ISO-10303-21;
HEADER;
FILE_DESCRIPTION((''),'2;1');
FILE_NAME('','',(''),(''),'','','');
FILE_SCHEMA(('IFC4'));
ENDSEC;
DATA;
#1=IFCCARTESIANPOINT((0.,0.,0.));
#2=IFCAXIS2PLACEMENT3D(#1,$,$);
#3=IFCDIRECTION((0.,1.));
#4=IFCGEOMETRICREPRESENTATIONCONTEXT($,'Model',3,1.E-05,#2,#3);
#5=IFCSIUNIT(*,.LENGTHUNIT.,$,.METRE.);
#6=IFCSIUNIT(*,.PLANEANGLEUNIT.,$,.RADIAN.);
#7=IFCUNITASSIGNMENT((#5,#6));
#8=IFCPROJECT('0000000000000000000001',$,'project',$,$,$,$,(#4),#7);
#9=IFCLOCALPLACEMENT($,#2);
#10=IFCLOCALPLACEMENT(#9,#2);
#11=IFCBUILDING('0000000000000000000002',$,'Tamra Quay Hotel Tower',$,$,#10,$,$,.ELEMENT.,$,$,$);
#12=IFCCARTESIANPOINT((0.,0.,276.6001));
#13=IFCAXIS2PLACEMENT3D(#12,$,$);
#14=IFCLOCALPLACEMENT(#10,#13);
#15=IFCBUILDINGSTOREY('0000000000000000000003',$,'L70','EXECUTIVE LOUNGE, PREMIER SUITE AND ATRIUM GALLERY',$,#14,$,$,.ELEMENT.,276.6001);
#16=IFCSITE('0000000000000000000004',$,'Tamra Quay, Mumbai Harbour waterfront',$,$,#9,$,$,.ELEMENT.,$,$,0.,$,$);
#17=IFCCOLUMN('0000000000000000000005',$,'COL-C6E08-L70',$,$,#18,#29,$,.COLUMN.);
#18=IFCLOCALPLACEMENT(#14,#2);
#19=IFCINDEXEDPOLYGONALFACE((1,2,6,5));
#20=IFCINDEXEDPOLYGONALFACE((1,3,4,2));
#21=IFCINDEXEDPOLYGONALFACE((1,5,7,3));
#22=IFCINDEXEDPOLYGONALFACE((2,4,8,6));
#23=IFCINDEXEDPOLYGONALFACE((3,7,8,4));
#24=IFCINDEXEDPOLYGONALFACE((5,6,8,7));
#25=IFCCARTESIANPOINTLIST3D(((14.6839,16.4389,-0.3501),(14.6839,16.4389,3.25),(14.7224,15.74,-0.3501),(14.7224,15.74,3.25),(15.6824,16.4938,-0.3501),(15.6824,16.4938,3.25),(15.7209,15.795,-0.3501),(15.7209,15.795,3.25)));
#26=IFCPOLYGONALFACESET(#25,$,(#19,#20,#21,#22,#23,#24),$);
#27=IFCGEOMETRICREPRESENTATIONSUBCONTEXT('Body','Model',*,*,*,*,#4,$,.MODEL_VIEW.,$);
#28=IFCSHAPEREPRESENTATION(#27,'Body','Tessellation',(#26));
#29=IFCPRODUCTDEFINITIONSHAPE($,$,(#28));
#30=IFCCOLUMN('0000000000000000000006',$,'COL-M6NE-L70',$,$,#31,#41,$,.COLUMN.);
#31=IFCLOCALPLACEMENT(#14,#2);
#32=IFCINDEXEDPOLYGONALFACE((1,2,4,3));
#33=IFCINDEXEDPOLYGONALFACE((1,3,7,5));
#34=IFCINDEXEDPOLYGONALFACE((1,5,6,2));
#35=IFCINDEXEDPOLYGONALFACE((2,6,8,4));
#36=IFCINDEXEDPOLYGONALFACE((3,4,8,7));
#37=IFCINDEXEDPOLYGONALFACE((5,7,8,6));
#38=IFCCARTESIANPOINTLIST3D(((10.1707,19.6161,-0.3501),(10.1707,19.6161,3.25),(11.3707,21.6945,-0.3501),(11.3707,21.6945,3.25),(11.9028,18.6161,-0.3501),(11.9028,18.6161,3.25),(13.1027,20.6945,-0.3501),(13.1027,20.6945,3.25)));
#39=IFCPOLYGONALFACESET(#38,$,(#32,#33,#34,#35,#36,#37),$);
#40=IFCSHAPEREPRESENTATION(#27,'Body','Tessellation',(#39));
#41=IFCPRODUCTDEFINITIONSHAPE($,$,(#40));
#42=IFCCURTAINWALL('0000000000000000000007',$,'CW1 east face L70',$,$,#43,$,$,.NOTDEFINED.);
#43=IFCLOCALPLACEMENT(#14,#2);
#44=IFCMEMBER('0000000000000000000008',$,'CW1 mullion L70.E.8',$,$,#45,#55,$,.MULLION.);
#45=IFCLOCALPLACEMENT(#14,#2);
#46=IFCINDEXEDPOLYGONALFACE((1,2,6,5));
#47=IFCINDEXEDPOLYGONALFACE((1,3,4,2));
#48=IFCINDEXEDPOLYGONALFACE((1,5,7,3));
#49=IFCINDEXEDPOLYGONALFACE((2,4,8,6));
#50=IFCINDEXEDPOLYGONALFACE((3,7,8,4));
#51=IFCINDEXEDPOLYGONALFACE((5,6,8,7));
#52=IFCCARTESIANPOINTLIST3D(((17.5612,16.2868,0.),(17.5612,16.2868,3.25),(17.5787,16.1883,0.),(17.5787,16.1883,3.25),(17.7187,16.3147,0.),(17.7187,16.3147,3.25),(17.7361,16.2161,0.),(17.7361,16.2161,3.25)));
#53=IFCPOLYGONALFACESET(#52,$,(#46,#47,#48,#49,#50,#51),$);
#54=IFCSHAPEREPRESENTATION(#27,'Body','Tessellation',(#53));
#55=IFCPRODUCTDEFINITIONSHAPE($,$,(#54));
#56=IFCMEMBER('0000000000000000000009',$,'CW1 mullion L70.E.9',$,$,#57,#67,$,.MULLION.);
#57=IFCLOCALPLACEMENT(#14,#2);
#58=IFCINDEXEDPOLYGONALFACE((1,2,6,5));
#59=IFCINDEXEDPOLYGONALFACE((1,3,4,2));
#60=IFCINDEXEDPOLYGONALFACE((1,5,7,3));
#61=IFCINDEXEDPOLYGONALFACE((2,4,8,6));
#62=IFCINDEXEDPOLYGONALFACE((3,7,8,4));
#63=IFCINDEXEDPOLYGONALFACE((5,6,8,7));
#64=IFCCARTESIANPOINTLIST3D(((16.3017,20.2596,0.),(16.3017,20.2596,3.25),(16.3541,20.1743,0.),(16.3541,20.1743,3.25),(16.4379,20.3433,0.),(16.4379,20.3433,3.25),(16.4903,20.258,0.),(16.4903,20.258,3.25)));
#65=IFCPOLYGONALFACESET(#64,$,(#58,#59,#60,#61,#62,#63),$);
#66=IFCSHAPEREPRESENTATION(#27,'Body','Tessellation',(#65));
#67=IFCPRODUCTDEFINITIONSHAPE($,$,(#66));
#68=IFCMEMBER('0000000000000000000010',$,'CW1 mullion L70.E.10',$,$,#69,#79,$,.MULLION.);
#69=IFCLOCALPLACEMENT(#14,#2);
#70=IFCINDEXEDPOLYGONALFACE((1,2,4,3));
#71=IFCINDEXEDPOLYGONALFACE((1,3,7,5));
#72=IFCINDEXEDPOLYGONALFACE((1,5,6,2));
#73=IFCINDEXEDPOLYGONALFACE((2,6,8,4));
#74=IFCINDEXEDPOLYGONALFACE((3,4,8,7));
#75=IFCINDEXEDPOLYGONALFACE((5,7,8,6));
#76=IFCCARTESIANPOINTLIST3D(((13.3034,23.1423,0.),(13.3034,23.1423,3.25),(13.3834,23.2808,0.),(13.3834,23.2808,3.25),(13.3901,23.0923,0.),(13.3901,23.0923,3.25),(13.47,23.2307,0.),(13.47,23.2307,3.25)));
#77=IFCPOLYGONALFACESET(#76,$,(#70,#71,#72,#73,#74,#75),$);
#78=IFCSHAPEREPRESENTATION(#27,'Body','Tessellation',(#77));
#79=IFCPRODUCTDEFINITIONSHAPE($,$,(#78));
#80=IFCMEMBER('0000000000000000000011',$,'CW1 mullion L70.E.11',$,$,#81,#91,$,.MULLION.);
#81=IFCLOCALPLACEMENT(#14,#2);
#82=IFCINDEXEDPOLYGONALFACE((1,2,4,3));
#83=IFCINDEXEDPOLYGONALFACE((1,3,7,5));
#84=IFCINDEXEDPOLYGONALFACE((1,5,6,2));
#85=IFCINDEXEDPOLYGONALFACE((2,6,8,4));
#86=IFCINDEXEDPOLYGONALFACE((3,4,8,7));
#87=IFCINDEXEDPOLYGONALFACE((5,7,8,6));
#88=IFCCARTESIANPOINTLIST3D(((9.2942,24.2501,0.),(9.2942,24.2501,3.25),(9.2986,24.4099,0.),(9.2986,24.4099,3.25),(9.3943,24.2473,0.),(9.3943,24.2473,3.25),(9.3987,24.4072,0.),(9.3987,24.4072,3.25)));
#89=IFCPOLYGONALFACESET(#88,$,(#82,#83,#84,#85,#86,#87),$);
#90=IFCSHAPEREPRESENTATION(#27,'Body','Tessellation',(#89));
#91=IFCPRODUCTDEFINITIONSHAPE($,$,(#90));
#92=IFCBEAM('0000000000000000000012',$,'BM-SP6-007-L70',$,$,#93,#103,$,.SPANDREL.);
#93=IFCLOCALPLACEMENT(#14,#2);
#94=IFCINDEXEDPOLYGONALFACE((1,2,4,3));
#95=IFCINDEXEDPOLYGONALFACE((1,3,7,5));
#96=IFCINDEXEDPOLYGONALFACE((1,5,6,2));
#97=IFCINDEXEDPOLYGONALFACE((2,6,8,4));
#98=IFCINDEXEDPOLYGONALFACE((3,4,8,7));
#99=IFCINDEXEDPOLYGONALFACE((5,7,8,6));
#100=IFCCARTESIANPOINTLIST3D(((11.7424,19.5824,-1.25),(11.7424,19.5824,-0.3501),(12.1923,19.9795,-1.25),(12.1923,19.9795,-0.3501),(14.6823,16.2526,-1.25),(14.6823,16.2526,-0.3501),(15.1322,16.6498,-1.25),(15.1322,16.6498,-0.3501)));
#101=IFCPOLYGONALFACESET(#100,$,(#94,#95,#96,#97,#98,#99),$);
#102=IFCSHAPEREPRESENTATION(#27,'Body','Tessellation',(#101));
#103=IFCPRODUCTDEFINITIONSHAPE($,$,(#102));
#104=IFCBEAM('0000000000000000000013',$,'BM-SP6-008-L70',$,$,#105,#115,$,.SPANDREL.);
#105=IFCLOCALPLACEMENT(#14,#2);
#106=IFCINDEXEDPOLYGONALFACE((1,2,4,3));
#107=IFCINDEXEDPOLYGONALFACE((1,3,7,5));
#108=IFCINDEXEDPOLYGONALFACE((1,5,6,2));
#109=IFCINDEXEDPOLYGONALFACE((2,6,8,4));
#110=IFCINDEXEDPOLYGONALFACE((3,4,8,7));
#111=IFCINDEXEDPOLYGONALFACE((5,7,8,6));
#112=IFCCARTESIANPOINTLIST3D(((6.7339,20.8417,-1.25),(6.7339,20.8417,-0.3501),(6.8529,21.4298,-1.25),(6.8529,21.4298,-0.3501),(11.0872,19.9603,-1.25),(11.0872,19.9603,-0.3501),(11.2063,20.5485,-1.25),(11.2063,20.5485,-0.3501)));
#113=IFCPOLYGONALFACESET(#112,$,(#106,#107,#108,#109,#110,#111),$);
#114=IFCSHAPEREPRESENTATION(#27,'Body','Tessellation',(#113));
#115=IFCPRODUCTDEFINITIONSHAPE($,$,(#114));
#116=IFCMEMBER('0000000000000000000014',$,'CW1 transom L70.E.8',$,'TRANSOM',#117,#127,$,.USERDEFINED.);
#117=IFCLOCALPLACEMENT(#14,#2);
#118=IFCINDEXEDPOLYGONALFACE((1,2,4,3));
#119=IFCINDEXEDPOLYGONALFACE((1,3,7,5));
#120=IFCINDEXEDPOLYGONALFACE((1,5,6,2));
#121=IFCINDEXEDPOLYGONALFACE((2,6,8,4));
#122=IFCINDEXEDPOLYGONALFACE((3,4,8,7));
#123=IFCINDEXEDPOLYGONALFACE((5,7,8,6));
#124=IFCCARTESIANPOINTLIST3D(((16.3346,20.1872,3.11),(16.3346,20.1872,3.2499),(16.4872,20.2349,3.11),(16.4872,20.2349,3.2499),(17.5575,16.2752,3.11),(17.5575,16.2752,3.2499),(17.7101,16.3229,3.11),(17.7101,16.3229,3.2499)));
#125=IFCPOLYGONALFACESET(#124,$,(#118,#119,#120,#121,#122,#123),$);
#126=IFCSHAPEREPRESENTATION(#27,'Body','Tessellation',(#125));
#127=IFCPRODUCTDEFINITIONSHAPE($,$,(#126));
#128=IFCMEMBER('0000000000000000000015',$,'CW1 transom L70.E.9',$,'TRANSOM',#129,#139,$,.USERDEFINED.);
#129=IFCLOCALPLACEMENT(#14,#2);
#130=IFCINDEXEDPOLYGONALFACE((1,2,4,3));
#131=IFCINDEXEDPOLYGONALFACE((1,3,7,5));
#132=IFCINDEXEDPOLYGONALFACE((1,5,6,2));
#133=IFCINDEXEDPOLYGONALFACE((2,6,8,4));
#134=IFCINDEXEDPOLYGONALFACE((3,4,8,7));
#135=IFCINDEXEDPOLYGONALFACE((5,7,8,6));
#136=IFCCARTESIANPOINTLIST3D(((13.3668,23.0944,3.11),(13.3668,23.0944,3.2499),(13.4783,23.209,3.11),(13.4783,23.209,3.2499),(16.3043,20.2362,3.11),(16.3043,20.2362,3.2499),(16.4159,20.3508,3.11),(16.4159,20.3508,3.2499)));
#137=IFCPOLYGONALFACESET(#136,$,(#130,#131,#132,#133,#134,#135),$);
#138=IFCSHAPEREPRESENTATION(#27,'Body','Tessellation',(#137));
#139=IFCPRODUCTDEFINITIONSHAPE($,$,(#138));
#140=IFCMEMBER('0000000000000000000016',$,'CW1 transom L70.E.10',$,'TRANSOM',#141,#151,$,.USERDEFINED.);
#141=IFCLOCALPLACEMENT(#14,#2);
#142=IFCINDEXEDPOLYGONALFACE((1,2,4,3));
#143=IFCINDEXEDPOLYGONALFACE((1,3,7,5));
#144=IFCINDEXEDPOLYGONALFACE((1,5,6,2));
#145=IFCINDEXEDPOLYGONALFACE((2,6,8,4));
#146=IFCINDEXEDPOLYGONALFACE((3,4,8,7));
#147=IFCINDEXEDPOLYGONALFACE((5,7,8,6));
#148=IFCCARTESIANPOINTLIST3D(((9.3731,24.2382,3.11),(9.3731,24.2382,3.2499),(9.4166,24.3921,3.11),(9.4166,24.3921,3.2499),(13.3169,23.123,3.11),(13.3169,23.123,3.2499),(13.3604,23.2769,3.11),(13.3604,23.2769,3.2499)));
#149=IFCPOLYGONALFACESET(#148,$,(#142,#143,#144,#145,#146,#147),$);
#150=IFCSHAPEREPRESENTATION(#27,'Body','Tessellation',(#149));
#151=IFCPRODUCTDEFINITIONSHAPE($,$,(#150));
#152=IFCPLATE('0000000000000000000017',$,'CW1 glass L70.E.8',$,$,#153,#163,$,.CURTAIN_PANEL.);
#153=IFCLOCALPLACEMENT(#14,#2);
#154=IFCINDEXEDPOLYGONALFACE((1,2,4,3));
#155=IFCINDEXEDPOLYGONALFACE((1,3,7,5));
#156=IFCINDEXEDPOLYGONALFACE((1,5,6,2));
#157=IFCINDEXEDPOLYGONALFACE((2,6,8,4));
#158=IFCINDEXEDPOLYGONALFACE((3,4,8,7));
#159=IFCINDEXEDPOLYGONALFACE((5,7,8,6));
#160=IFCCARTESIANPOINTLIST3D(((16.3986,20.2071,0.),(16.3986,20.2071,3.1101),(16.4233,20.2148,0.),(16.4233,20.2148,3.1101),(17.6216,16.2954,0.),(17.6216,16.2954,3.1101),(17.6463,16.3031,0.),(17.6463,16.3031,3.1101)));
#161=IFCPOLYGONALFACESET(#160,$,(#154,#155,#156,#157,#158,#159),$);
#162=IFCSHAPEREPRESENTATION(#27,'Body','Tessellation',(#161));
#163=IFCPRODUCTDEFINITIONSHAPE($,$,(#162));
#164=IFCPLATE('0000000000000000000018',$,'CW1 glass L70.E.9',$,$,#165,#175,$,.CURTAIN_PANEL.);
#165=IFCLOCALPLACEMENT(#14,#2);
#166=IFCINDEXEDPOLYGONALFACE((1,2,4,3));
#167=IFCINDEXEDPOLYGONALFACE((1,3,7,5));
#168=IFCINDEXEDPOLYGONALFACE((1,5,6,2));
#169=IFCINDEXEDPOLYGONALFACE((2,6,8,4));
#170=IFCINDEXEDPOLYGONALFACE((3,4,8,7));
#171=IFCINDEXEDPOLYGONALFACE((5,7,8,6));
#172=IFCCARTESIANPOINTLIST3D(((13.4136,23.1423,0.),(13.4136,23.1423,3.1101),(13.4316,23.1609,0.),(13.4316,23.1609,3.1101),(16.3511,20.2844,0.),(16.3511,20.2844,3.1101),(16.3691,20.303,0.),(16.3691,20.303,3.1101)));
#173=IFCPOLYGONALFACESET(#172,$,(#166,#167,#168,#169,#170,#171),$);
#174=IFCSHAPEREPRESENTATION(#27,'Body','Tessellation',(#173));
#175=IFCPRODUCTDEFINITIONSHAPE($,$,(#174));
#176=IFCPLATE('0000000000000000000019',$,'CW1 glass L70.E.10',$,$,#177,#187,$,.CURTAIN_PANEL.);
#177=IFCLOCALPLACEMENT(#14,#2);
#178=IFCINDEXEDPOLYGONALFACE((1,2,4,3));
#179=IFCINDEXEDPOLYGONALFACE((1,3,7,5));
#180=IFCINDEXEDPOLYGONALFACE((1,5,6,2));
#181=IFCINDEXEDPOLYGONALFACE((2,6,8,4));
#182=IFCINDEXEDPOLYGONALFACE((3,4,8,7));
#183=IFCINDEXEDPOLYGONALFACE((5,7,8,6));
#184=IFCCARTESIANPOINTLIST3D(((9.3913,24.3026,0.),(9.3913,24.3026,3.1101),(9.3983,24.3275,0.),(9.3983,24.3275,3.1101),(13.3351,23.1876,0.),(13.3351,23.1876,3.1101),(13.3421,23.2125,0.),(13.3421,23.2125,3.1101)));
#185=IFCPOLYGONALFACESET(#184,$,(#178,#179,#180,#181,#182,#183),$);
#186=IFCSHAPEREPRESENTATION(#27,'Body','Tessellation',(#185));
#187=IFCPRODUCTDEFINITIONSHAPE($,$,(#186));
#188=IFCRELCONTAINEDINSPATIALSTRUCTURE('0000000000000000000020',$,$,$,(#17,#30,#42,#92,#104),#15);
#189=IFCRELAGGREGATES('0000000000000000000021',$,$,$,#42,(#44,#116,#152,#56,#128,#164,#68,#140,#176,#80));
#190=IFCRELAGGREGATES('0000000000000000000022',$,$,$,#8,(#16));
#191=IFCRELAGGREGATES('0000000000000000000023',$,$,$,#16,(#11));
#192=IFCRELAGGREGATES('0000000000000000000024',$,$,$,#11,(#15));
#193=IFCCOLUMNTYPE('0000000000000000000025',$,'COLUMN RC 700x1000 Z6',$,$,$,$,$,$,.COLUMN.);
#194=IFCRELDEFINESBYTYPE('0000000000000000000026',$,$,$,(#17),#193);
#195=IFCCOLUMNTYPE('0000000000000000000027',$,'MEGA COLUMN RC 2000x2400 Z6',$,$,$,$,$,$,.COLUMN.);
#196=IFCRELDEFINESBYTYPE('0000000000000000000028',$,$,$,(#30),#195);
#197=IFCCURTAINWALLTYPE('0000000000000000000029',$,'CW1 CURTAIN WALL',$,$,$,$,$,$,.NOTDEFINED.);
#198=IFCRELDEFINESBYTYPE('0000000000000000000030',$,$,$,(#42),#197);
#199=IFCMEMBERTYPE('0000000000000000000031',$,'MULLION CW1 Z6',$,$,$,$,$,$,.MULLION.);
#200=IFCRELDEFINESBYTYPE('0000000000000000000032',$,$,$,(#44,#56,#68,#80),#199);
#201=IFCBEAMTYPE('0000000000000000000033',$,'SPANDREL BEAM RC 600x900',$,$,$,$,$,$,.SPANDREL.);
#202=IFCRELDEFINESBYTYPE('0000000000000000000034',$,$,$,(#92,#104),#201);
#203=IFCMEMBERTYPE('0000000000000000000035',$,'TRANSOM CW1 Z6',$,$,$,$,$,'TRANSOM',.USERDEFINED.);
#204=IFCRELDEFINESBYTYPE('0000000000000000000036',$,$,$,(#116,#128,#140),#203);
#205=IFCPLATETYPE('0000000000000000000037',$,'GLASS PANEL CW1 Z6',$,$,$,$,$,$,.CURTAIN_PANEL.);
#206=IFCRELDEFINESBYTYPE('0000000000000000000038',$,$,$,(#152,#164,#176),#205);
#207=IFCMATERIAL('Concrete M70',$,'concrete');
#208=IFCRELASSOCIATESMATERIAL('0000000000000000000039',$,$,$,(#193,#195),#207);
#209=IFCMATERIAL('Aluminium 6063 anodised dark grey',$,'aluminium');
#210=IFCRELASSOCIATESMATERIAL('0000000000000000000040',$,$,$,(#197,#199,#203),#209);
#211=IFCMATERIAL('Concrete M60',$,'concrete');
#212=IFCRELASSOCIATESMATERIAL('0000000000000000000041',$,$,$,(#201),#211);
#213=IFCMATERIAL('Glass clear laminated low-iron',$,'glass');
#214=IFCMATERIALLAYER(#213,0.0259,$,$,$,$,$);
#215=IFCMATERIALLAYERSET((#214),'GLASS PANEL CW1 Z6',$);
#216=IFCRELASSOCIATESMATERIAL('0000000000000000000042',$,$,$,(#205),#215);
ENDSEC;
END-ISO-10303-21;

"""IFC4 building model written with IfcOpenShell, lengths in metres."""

from ifc_helpers import new_model, si_unit, direction, frame, origin, origin_2d, place, context, subcontext, project, spatial, rectangle, extrude, material, layer, layer_set, material_profile, profile_set, type_object, element, aggregate, save


model = new_model("IFC4")

# Units and contexts
model_context = context("Model", 3, precision=1e-05, world=origin(), true_north=direction((0.0, 1.0)))
body_context = subcontext(model_context, "Body", "Model", "MODEL_VIEW")
ifc_project = project(units=[si_unit("LENGTHUNIT", "METRE"), si_unit("PLANEANGLEUNIT", "RADIAN")], contexts=[model_context])

# Site, building, storey
site_placement = place(None, origin())
site = spatial("IfcSite", under=ifc_project, at=site_placement, Name="Tamra Quay, Mumbai Harbour waterfront", CompositionType="ELEMENT", RefElevation=0.0)
building_placement = place(site_placement, origin())
building = spatial("IfcBuilding", under=site, at=building_placement, Name="Tamra Quay Hotel Tower", CompositionType="ELEMENT")
storey_placement = place(building_placement, frame((0.0, 0.0, 276.6001)))
storey = spatial("IfcBuildingStorey", under=building, at=storey_placement, Name="L70", Description="EXECUTIVE LOUNGE, PREMIER SUITE AND ATRIUM GALLERY", CompositionType="ELEMENT", Elevation=276.6001)

# Columns
ifc_material_1 = material(Name="Concrete M70", Category="concrete")
ifc_material_profile_1 = material_profile(ifc_material_1, rectangle(XDim=1.0, YDim=0.7, at=origin_2d()), Name="COLUMN RC 700x1000 Z6")
ifc_profile_set_1 = profile_set([ifc_material_profile_1], Name="Concrete M70")
column_type_1 = type_object("IfcColumnType", Name="COLUMN RC 700x1000 Z6", PredefinedType="COLUMN", material=ifc_profile_set_1)
column_1_placement = place(storey_placement, frame((15.2024, 16.1169, -0.3501), z_axis=(0.0, 0.0, 1.0), x_axis=(0.998491, 0.054917, 0.0)))
element("IfcColumn", 1, at=column_1_placement, inside=storey, type_object=column_type_1, Name="COL-C6E08-L70", PredefinedType="COLUMN", context=body_context, shape_type="SweptSolid", body=[
    extrude(rectangle(XDim=1.0, YDim=0.7, at=origin_2d()), origin(), (0.0, 0.0, 1.0), 3.6001),
])
ifc_material_profile_2 = material_profile(ifc_material_1, rectangle(XDim=2.3999, YDim=2.0, at=origin_2d()), Name="MEGA COLUMN RC 2000x2400 Z6")
ifc_profile_set_2 = profile_set([ifc_material_profile_2], Name="Concrete M70")
column_type_2 = type_object("IfcColumnType", Name="MEGA COLUMN RC 2000x2400 Z6", PredefinedType="COLUMN", material=ifc_profile_set_2)
column_2_placement = place(storey_placement, frame((11.6367, 20.1553, -0.3501), z_axis=(0.0, 0.0, 1.0), x_axis=(0.5, 0.866025, 0.0)))
element("IfcColumn", 2, at=column_2_placement, inside=storey, type_object=column_type_2, Name="COL-M6NE-L70", PredefinedType="COLUMN", context=body_context, shape_type="SweptSolid", body=[
    extrude(rectangle(XDim=2.3999, YDim=2.0, at=origin_2d()), origin(), (0.0, 0.0, 1.0), 3.6001),
])

# Curtain wall, members
ifc_material_2 = material(Name="Aluminium 6063 anodised dark grey", Category="aluminium")
curtain_wall_type = type_object("IfcCurtainWallType", Name="CW1 CURTAIN WALL", PredefinedType="NOTDEFINED", material=ifc_material_2)
curtain_wall_placement = place(storey_placement, origin())
curtain_wall = element("IfcCurtainWall", 3, at=curtain_wall_placement, inside=storey, type_object=curtain_wall_type, Name="CW1 east face L70", PredefinedType="NOTDEFINED")
ifc_material_profile_3 = material_profile(ifc_material_2, rectangle(XDim=0.1599, YDim=0.1001, at=origin_2d()), Name="MULLION 100X160")
ifc_profile_set_3 = profile_set([ifc_material_profile_3], Name="Aluminium 6063 anodised dark grey")
member_type_1 = type_object("IfcMemberType", Name="MULLION CW1 Z6", PredefinedType="MULLION", material=ifc_profile_set_3)
member_1_placement = place(storey_placement, frame((17.6487, 16.2515, 0.0), z_axis=(0.0, 0.0, 1.0), x_axis=(0.98474, 0.174032, 0.0)))
member_1 = element("IfcMember", 4, at=member_1_placement, type_object=member_type_1, Name="CW1 mullion L70.E.8", PredefinedType="MULLION", context=body_context, shape_type="SweptSolid", body=[
    extrude(rectangle(XDim=0.1599, YDim=0.1001, at=origin_2d()), origin(), (0.0, 0.0, 1.0), 3.25),
])
member_2_placement = place(storey_placement, frame((16.396, 20.2588, 0.0), z_axis=(0.0, 0.0, 1.0), x_axis=(0.851964, 0.5236, 0.0)))
member_2 = element("IfcMember", 5, at=member_2_placement, type_object=member_type_1, Name="CW1 mullion L70.E.9", PredefinedType="MULLION", context=body_context, shape_type="SweptSolid", body=[
    extrude(rectangle(XDim=0.1599, YDim=0.1001, at=origin_2d()), origin(), (0.0, 0.0, 1.0), 3.25),
])
member_3_placement = place(storey_placement, frame((13.3867, 23.1865, 0.0), z_axis=(0.0, 0.0, 1.0), x_axis=(0.5, 0.866025, 0.0)))
member_3 = element("IfcMember", 6, at=member_3_placement, type_object=member_type_1, Name="CW1 mullion L70.E.10", PredefinedType="MULLION", context=body_context, shape_type="SweptSolid", body=[
    extrude(rectangle(XDim=0.1599, YDim=0.1001, at=origin_2d()), origin(), (0.0, 0.0, 1.0), 3.25),
])
member_4_placement = place(storey_placement, frame((9.3464, 24.3286, 0.0), z_axis=(0.0, 0.0, 1.0), x_axis=(0.027469, 0.999623, 0.0)))
member_4 = element("IfcMember", 7, at=member_4_placement, type_object=member_type_1, Name="CW1 mullion L70.E.11", PredefinedType="MULLION", context=body_context, shape_type="SweptSolid", body=[
    extrude(rectangle(XDim=0.1599, YDim=0.1001, at=origin_2d()), origin(), (0.0, 0.0, 1.0), 3.25),
])

# Beams
ifc_material_3 = material(Name="Concrete M60", Category="concrete")
ifc_material_profile_4 = material_profile(ifc_material_3, rectangle(XDim=0.6001, YDim=0.8999, at=origin_2d()), Name="SPANDREL BEAM RC 600x900")
ifc_profile_set_4 = profile_set([ifc_material_profile_4], Name="Concrete M60")
beam_type = type_object("IfcBeamType", Name="SPANDREL BEAM RC 600x900", PredefinedType="SPANDREL", material=ifc_profile_set_4)
beam_1_placement = place(storey_placement, frame((14.9072, 16.4512, -0.8), z_axis=(-0.661856, 0.749631, 0.0), x_axis=(-0.749631, -0.661856, 0.0)))
element("IfcBeam", 8, at=beam_1_placement, inside=storey, type_object=beam_type, Name="BM-SP6-007-L70", PredefinedType="SPANDREL", context=body_context, shape_type="SweptSolid", body=[
    extrude(rectangle(XDim=0.6001, YDim=0.8999, at=origin_2d()), origin(), (0.0, 0.0, 1.0), 4.4419),
])
beam_2_placement = place(storey_placement, frame((11.1467, 20.2544, -0.8), z_axis=(-0.980115, 0.198431, 0.0), x_axis=(-0.198431, -0.980115, 0.0)))
element("IfcBeam", 9, at=beam_2_placement, inside=storey, type_object=beam_type, Name="BM-SP6-008-L70", PredefinedType="SPANDREL", context=body_context, shape_type="SweptSolid", body=[
    extrude(rectangle(XDim=0.6001, YDim=0.8999, at=origin_2d()), origin(), (0.0, 0.0, 1.0), 4.4417),
])

# Members
ifc_material_profile_5 = material_profile(ifc_material_2, rectangle(XDim=0.1599, YDim=0.1399, at=origin_2d()), Name="TRANSOM 160X140")
ifc_profile_set_5 = profile_set([ifc_material_profile_5], Name="Aluminium 6063 anodised dark grey")
member_type_2 = type_object("IfcMemberType", Name="TRANSOM CW1 Z6", ElementType="TRANSOM", PredefinedType="USERDEFINED", material=ifc_profile_set_5)
member_5_placement = place(storey_placement, frame((17.6338, 16.2991, 3.1799), z_axis=(-0.298373, 0.954449, 0.0), x_axis=(-0.954449, -0.298373, 0.0)))
member_5 = element("IfcMember", 10, at=member_5_placement, type_object=member_type_2, Name="CW1 transom L70.E.8", ObjectType="TRANSOM", PredefinedType="USERDEFINED", context=body_context, shape_type="SweptSolid", body=[
    extrude(rectangle(XDim=0.1599, YDim=0.1399, at=origin_2d()), origin(), (0.0, 0.0, 1.0), 4.0986),
])
member_6_placement = place(storey_placement, frame((16.3601, 20.2935, 3.1799), z_axis=(-0.71672, 0.697361, 0.0), x_axis=(-0.697361, -0.71672, 0.0)))
member_6 = element("IfcMember", 11, at=member_6_placement, type_object=member_type_2, Name="CW1 transom L70.E.9", ObjectType="TRANSOM", PredefinedType="USERDEFINED", context=body_context, shape_type="SweptSolid", body=[
    extrude(rectangle(XDim=0.1599, YDim=0.1399, at=origin_2d()), origin(), (0.0, 0.0, 1.0), 4.0986),
])
member_7_placement = place(storey_placement, frame((13.3386, 23.2, 3.1799), z_axis=(-0.962267, 0.272108, 0.0), x_axis=(-0.272108, -0.962267, 0.0)))
member_7 = element("IfcMember", 12, at=member_7_placement, type_object=member_type_2, Name="CW1 transom L70.E.10", ObjectType="TRANSOM", PredefinedType="USERDEFINED", context=body_context, shape_type="SweptSolid", body=[
    extrude(rectangle(XDim=0.1599, YDim=0.1399, at=origin_2d()), origin(), (0.0, 0.0, 1.0), 4.0984),
])

# Plates
ifc_material_4 = material(Name="Glass clear laminated low-iron", Category="glass")
ifc_layer_1 = layer(ifc_material_4, 0.0259)
ifc_layer_set_1 = layer_set([ifc_layer_1], Name="GLASS PANEL CW1 Z6")
plate_type = type_object("IfcPlateType", Name="GLASS PANEL CW1 Z6", PredefinedType="CURTAIN_PANEL", material=ifc_layer_set_1)
plate_1_placement = place(storey_placement, frame((17.0225, 18.2551, 0.0), z_axis=(0.0, 0.0, 1.0), x_axis=(-0.298392, 0.954443, 0.0)))
plate_1 = element("IfcPlate", 13, at=plate_1_placement, type_object=plate_type, Name="CW1 glass L70.E.8", PredefinedType="CURTAIN_PANEL", context=body_context, shape_type="SweptSolid", body=[
    extrude(rectangle(XDim=4.0984, YDim=0.0259, at=origin_2d()), origin(), (0.0, 0.0, 1.0), 3.1101),
])
plate_2_placement = place(storey_placement, frame((14.8914, 21.7227, 0.0), z_axis=(0.0, 0.0, 1.0), x_axis=(-0.716753, 0.697327, 0.0)))
plate_2 = element("IfcPlate", 14, at=plate_2_placement, type_object=plate_type, Name="CW1 glass L70.E.9", PredefinedType="CURTAIN_PANEL", context=body_context, shape_type="SweptSolid", body=[
    extrude(rectangle(XDim=4.0984, YDim=0.0259, at=origin_2d()), origin(), (0.0, 0.0, 1.0), 3.1101),
])
plate_3_placement = place(storey_placement, frame((11.3667, 23.7576, 0.0), z_axis=(0.0, 0.0, 1.0), x_axis=(-0.96228, 0.272062, 0.0)))
plate_3 = element("IfcPlate", 15, at=plate_3_placement, type_object=plate_type, Name="CW1 glass L70.E.10", PredefinedType="CURTAIN_PANEL", context=body_context, shape_type="SweptSolid", body=[
    extrude(rectangle(XDim=4.0984, YDim=0.0259, at=origin_2d()), origin(), (0.0, 0.0, 1.0), 3.1101),
])
aggregate(curtain_wall, [member_1, member_5, plate_1, member_2, member_6, plate_2, member_3, member_7, plate_3, member_4])

save(model, "model.ifc")
